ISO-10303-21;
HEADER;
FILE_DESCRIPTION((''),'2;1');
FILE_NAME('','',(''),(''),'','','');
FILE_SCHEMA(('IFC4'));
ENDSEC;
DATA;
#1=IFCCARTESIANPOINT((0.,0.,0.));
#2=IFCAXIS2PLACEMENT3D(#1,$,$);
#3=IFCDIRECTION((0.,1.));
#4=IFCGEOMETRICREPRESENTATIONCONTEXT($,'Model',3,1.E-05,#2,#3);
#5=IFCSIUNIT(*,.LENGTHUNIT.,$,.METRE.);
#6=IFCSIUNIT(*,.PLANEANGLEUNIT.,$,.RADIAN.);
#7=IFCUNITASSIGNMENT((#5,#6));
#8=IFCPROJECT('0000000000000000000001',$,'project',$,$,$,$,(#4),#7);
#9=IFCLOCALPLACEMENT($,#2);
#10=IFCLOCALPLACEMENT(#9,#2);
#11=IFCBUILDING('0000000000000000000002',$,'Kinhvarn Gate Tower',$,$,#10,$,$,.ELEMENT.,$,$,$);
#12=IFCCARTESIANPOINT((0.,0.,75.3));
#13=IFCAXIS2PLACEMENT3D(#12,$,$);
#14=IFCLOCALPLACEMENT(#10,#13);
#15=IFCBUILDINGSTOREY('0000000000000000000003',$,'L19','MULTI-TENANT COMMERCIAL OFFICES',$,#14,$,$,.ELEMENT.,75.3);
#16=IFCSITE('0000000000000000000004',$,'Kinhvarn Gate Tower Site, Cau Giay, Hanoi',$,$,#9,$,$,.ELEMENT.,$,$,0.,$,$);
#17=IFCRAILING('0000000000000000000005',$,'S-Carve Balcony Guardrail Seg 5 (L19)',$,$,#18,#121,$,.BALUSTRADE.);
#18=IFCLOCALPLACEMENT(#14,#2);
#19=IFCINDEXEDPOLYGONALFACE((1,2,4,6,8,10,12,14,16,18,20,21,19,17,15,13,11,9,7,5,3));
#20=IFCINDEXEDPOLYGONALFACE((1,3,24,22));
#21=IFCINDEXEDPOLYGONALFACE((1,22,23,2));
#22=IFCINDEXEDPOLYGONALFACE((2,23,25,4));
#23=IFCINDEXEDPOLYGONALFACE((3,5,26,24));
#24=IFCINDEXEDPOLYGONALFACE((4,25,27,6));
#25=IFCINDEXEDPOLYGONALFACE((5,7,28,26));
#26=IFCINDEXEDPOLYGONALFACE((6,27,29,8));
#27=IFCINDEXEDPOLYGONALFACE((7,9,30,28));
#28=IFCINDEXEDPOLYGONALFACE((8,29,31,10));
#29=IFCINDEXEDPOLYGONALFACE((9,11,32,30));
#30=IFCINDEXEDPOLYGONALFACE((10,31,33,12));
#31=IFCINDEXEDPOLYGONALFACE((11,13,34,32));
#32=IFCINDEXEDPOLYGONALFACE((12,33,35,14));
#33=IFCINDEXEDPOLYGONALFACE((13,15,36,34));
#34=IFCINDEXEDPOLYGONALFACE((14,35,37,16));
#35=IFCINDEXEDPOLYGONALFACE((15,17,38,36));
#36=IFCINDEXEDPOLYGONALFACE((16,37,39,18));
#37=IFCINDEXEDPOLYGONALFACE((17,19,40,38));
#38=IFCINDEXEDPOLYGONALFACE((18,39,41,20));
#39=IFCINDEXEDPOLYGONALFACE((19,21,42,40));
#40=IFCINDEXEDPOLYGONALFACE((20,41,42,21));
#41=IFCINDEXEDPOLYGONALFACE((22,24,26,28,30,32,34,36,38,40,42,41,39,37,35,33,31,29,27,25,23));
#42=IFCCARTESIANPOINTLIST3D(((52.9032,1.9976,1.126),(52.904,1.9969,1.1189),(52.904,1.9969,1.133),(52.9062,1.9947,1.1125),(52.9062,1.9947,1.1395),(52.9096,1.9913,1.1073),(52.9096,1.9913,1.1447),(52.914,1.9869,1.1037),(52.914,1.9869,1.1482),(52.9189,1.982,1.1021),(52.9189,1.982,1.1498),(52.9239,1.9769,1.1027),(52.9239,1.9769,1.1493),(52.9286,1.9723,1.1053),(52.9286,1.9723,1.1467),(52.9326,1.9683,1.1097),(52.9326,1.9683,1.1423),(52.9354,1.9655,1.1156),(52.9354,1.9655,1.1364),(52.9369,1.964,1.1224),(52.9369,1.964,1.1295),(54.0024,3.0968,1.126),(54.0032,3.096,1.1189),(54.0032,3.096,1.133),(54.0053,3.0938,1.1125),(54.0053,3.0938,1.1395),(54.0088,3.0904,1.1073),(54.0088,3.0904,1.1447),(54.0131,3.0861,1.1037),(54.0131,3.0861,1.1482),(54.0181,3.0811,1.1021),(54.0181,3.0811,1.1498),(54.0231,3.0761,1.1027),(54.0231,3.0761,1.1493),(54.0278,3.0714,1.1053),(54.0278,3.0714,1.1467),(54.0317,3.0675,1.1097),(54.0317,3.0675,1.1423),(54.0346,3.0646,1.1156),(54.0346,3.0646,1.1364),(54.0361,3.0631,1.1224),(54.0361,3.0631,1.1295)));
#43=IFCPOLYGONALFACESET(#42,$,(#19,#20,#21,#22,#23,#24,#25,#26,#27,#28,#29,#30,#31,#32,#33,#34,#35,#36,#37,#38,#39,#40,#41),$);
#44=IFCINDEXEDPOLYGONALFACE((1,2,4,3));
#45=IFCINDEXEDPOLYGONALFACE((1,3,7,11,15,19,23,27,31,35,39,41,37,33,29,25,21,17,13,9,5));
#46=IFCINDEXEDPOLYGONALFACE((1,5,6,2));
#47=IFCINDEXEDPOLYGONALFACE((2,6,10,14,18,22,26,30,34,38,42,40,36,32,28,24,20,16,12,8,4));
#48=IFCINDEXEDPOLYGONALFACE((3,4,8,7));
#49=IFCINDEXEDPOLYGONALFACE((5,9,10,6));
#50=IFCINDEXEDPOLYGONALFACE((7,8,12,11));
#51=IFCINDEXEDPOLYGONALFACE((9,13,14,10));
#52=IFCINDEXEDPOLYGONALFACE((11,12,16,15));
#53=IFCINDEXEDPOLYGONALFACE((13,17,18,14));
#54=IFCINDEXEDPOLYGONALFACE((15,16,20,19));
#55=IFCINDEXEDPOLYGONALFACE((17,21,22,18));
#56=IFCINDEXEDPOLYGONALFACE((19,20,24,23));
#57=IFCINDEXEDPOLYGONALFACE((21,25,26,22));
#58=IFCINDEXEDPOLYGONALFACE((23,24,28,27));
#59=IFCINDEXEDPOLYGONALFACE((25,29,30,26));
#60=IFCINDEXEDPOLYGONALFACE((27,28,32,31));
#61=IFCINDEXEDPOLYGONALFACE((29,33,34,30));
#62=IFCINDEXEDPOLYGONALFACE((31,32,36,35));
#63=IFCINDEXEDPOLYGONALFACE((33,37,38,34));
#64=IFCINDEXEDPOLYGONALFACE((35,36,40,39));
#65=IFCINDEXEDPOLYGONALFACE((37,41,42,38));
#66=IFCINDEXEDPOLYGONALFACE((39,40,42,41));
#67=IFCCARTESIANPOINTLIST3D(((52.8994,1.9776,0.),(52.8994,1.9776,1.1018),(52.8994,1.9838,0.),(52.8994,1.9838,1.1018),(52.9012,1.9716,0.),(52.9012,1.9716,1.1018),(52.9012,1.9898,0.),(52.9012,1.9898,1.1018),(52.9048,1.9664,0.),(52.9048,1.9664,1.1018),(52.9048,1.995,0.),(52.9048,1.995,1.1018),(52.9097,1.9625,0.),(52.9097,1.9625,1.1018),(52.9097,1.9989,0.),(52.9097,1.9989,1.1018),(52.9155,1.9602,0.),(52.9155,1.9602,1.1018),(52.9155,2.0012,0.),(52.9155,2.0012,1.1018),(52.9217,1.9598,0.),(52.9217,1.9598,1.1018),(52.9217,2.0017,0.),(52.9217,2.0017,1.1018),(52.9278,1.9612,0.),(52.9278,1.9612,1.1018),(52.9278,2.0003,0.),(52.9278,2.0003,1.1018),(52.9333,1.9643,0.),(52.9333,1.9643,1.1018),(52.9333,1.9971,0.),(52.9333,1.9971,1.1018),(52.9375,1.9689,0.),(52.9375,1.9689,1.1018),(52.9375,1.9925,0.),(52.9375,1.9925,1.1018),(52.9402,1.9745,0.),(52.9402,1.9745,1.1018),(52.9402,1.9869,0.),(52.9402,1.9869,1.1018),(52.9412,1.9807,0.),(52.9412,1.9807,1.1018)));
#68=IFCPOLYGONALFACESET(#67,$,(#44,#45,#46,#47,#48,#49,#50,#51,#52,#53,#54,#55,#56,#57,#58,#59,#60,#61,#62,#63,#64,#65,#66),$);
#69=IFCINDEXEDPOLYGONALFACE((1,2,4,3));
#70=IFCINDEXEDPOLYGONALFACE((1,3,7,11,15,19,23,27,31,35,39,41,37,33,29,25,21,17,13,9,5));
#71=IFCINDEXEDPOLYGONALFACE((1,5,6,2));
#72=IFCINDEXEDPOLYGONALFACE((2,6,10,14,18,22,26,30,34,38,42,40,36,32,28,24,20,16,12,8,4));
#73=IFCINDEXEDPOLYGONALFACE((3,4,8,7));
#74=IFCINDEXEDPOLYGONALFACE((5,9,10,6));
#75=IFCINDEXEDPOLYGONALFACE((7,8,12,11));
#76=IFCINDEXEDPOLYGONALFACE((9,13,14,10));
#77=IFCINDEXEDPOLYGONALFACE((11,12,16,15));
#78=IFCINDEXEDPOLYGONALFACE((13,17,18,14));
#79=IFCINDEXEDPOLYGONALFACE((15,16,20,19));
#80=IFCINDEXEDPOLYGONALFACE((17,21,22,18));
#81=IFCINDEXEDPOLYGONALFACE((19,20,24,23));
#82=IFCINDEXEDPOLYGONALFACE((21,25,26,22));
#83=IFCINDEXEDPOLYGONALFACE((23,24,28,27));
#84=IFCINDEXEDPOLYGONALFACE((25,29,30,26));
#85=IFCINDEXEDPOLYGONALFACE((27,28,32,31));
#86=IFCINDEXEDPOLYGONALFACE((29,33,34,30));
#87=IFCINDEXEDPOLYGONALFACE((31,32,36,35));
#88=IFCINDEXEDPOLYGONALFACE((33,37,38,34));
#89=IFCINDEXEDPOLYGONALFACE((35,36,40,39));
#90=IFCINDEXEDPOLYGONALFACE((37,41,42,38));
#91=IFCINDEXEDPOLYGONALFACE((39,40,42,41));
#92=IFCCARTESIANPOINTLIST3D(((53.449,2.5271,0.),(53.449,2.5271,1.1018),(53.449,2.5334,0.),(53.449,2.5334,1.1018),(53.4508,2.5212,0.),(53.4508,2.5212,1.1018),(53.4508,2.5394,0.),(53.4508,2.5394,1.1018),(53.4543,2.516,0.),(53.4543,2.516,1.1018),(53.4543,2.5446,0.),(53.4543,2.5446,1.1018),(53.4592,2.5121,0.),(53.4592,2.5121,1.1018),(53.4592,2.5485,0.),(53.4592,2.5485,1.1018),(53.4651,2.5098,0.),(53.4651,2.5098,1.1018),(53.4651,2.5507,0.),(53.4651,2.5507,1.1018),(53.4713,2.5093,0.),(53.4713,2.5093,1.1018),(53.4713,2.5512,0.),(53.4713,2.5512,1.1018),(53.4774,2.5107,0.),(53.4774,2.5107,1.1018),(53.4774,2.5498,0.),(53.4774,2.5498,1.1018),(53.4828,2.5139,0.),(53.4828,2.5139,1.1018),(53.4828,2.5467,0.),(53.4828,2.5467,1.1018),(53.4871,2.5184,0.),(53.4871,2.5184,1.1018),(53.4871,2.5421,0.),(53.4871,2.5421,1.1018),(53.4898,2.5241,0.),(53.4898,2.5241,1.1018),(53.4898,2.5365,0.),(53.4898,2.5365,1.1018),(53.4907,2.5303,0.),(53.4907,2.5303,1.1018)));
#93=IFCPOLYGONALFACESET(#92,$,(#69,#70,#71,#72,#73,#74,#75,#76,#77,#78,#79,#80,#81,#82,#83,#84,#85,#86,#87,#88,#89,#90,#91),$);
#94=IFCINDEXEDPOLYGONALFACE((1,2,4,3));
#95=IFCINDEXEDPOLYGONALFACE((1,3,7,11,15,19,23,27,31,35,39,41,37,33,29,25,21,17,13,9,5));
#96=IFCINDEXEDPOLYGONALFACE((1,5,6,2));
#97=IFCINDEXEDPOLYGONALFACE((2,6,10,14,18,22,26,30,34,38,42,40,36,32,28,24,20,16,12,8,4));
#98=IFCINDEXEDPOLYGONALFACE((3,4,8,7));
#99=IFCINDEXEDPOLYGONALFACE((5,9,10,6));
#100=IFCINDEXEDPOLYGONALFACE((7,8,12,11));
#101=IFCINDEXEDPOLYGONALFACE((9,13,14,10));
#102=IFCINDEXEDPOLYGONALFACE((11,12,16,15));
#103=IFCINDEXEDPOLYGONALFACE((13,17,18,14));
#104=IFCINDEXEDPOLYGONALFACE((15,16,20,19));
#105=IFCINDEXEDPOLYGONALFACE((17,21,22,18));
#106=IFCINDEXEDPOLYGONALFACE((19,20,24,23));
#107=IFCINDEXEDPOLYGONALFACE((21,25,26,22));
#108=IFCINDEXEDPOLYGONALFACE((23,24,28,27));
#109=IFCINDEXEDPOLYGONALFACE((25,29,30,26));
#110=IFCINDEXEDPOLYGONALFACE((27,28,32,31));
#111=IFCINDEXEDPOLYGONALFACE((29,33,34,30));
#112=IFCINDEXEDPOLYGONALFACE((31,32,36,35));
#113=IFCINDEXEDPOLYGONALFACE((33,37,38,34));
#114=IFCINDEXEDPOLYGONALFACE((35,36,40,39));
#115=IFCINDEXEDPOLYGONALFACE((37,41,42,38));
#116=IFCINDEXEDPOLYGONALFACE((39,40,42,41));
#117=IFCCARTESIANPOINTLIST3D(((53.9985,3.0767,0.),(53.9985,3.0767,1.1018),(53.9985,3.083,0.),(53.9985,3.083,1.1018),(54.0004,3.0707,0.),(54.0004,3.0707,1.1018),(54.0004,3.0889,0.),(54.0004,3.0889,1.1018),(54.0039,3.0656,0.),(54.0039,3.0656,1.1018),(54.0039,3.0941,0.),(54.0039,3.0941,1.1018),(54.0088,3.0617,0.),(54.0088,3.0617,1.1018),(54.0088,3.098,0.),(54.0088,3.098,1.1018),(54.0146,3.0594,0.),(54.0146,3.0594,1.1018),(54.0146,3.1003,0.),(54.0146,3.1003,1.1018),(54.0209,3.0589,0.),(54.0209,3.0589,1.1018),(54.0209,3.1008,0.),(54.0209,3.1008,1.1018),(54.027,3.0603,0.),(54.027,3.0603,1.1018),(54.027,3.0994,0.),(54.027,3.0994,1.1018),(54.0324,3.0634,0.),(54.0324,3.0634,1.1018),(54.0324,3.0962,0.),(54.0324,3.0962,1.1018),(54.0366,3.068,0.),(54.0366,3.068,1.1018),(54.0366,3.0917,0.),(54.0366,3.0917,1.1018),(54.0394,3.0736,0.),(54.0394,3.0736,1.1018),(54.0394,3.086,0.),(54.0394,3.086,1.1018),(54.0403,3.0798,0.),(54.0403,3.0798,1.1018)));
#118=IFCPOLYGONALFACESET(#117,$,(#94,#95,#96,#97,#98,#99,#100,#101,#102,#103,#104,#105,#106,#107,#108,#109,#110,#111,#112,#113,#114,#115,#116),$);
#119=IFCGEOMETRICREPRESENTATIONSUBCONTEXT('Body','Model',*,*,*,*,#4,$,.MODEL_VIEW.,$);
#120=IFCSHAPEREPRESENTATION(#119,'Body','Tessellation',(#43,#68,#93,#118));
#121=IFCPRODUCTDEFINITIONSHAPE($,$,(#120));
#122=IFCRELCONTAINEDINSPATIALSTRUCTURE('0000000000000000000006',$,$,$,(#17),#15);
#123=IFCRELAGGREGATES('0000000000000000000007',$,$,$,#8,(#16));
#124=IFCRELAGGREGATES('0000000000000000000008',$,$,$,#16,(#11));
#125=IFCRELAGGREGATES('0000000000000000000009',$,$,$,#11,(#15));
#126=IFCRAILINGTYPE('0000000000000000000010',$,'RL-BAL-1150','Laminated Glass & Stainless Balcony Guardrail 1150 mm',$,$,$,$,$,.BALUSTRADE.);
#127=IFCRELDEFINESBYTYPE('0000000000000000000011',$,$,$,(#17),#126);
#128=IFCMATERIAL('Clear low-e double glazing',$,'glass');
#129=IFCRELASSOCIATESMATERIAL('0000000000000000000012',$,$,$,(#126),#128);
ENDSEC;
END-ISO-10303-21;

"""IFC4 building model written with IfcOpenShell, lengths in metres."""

from ifc_helpers import new_model, si_unit, direction, frame, origin, origin_2d, place, context, subcontext, project, spatial, circle, extrude, material, type_object, element, save


model = new_model("IFC4")

# Units and contexts
model_context = context("Model", 3, precision=1e-05, world=origin(), true_north=direction((0.0, 1.0)))
body_context = subcontext(model_context, "Body", "Model", "MODEL_VIEW")
ifc_project = project(units=[si_unit("LENGTHUNIT", "METRE"), si_unit("PLANEANGLEUNIT", "RADIAN")], contexts=[model_context])

# Site, building, storey
site_placement = place(None, origin())
site = spatial("IfcSite", under=ifc_project, at=site_placement, Name="Kinhvarn Gate Tower Site, Cau Giay, Hanoi", CompositionType="ELEMENT", RefElevation=0.0)
building_placement = place(site_placement, origin())
building = spatial("IfcBuilding", under=site, at=building_placement, Name="Kinhvarn Gate Tower", CompositionType="ELEMENT")
storey_placement = place(building_placement, frame((0.0, 0.0, 75.3)))
storey = spatial("IfcBuildingStorey", under=building, at=storey_placement, Name="L19", Description="MULTI-TENANT COMMERCIAL OFFICES", CompositionType="ELEMENT", Elevation=75.3)

# Shared definitions
ifc_material_1 = material(Name="Clear low-e double glazing", Category="glass")

# Railing
railing_type = type_object("IfcRailingType", Name="RL-BAL-1150", Description="Laminated Glass & Stainless Balcony Guardrail 1150 mm", PredefinedType="BALUSTRADE", material=ifc_material_1)
railing_1_placement = place(storey_placement, frame((52.9202, 1.9807, 0.0)))
element("IfcRailing", 1, at=railing_1_placement, inside=storey, type_object=railing_type, Name="S-Carve Balcony Guardrail Seg 5 (L19)", PredefinedType="BALUSTRADE", context=body_context, shape_type="SweptSolid", body=[
    extrude(circle(Radius=0.0239, at=origin_2d()), frame((0.0, 0.0, 1.126), z_axis=(0.707107, 0.707107, 0.0), x_axis=(-0.707107, 0.707107, 0.0)), (0.0, 0.0, 1.0), 1.5544),
    extrude(circle(Radius=0.021, at=origin_2d()), origin(), (0.0, 0.0, 1.0), 1.1018),
    extrude(circle(Radius=0.021, at=origin_2d()), frame((0.5496, 0.5496, 0.0)), (0.0, 0.0, 1.0), 1.1018),
    extrude(circle(Radius=0.021, at=origin_2d()), frame((1.0991, 1.0991, 0.0)), (0.0, 0.0, 1.0), 1.1018),
])

save(model, "model.ifc")
